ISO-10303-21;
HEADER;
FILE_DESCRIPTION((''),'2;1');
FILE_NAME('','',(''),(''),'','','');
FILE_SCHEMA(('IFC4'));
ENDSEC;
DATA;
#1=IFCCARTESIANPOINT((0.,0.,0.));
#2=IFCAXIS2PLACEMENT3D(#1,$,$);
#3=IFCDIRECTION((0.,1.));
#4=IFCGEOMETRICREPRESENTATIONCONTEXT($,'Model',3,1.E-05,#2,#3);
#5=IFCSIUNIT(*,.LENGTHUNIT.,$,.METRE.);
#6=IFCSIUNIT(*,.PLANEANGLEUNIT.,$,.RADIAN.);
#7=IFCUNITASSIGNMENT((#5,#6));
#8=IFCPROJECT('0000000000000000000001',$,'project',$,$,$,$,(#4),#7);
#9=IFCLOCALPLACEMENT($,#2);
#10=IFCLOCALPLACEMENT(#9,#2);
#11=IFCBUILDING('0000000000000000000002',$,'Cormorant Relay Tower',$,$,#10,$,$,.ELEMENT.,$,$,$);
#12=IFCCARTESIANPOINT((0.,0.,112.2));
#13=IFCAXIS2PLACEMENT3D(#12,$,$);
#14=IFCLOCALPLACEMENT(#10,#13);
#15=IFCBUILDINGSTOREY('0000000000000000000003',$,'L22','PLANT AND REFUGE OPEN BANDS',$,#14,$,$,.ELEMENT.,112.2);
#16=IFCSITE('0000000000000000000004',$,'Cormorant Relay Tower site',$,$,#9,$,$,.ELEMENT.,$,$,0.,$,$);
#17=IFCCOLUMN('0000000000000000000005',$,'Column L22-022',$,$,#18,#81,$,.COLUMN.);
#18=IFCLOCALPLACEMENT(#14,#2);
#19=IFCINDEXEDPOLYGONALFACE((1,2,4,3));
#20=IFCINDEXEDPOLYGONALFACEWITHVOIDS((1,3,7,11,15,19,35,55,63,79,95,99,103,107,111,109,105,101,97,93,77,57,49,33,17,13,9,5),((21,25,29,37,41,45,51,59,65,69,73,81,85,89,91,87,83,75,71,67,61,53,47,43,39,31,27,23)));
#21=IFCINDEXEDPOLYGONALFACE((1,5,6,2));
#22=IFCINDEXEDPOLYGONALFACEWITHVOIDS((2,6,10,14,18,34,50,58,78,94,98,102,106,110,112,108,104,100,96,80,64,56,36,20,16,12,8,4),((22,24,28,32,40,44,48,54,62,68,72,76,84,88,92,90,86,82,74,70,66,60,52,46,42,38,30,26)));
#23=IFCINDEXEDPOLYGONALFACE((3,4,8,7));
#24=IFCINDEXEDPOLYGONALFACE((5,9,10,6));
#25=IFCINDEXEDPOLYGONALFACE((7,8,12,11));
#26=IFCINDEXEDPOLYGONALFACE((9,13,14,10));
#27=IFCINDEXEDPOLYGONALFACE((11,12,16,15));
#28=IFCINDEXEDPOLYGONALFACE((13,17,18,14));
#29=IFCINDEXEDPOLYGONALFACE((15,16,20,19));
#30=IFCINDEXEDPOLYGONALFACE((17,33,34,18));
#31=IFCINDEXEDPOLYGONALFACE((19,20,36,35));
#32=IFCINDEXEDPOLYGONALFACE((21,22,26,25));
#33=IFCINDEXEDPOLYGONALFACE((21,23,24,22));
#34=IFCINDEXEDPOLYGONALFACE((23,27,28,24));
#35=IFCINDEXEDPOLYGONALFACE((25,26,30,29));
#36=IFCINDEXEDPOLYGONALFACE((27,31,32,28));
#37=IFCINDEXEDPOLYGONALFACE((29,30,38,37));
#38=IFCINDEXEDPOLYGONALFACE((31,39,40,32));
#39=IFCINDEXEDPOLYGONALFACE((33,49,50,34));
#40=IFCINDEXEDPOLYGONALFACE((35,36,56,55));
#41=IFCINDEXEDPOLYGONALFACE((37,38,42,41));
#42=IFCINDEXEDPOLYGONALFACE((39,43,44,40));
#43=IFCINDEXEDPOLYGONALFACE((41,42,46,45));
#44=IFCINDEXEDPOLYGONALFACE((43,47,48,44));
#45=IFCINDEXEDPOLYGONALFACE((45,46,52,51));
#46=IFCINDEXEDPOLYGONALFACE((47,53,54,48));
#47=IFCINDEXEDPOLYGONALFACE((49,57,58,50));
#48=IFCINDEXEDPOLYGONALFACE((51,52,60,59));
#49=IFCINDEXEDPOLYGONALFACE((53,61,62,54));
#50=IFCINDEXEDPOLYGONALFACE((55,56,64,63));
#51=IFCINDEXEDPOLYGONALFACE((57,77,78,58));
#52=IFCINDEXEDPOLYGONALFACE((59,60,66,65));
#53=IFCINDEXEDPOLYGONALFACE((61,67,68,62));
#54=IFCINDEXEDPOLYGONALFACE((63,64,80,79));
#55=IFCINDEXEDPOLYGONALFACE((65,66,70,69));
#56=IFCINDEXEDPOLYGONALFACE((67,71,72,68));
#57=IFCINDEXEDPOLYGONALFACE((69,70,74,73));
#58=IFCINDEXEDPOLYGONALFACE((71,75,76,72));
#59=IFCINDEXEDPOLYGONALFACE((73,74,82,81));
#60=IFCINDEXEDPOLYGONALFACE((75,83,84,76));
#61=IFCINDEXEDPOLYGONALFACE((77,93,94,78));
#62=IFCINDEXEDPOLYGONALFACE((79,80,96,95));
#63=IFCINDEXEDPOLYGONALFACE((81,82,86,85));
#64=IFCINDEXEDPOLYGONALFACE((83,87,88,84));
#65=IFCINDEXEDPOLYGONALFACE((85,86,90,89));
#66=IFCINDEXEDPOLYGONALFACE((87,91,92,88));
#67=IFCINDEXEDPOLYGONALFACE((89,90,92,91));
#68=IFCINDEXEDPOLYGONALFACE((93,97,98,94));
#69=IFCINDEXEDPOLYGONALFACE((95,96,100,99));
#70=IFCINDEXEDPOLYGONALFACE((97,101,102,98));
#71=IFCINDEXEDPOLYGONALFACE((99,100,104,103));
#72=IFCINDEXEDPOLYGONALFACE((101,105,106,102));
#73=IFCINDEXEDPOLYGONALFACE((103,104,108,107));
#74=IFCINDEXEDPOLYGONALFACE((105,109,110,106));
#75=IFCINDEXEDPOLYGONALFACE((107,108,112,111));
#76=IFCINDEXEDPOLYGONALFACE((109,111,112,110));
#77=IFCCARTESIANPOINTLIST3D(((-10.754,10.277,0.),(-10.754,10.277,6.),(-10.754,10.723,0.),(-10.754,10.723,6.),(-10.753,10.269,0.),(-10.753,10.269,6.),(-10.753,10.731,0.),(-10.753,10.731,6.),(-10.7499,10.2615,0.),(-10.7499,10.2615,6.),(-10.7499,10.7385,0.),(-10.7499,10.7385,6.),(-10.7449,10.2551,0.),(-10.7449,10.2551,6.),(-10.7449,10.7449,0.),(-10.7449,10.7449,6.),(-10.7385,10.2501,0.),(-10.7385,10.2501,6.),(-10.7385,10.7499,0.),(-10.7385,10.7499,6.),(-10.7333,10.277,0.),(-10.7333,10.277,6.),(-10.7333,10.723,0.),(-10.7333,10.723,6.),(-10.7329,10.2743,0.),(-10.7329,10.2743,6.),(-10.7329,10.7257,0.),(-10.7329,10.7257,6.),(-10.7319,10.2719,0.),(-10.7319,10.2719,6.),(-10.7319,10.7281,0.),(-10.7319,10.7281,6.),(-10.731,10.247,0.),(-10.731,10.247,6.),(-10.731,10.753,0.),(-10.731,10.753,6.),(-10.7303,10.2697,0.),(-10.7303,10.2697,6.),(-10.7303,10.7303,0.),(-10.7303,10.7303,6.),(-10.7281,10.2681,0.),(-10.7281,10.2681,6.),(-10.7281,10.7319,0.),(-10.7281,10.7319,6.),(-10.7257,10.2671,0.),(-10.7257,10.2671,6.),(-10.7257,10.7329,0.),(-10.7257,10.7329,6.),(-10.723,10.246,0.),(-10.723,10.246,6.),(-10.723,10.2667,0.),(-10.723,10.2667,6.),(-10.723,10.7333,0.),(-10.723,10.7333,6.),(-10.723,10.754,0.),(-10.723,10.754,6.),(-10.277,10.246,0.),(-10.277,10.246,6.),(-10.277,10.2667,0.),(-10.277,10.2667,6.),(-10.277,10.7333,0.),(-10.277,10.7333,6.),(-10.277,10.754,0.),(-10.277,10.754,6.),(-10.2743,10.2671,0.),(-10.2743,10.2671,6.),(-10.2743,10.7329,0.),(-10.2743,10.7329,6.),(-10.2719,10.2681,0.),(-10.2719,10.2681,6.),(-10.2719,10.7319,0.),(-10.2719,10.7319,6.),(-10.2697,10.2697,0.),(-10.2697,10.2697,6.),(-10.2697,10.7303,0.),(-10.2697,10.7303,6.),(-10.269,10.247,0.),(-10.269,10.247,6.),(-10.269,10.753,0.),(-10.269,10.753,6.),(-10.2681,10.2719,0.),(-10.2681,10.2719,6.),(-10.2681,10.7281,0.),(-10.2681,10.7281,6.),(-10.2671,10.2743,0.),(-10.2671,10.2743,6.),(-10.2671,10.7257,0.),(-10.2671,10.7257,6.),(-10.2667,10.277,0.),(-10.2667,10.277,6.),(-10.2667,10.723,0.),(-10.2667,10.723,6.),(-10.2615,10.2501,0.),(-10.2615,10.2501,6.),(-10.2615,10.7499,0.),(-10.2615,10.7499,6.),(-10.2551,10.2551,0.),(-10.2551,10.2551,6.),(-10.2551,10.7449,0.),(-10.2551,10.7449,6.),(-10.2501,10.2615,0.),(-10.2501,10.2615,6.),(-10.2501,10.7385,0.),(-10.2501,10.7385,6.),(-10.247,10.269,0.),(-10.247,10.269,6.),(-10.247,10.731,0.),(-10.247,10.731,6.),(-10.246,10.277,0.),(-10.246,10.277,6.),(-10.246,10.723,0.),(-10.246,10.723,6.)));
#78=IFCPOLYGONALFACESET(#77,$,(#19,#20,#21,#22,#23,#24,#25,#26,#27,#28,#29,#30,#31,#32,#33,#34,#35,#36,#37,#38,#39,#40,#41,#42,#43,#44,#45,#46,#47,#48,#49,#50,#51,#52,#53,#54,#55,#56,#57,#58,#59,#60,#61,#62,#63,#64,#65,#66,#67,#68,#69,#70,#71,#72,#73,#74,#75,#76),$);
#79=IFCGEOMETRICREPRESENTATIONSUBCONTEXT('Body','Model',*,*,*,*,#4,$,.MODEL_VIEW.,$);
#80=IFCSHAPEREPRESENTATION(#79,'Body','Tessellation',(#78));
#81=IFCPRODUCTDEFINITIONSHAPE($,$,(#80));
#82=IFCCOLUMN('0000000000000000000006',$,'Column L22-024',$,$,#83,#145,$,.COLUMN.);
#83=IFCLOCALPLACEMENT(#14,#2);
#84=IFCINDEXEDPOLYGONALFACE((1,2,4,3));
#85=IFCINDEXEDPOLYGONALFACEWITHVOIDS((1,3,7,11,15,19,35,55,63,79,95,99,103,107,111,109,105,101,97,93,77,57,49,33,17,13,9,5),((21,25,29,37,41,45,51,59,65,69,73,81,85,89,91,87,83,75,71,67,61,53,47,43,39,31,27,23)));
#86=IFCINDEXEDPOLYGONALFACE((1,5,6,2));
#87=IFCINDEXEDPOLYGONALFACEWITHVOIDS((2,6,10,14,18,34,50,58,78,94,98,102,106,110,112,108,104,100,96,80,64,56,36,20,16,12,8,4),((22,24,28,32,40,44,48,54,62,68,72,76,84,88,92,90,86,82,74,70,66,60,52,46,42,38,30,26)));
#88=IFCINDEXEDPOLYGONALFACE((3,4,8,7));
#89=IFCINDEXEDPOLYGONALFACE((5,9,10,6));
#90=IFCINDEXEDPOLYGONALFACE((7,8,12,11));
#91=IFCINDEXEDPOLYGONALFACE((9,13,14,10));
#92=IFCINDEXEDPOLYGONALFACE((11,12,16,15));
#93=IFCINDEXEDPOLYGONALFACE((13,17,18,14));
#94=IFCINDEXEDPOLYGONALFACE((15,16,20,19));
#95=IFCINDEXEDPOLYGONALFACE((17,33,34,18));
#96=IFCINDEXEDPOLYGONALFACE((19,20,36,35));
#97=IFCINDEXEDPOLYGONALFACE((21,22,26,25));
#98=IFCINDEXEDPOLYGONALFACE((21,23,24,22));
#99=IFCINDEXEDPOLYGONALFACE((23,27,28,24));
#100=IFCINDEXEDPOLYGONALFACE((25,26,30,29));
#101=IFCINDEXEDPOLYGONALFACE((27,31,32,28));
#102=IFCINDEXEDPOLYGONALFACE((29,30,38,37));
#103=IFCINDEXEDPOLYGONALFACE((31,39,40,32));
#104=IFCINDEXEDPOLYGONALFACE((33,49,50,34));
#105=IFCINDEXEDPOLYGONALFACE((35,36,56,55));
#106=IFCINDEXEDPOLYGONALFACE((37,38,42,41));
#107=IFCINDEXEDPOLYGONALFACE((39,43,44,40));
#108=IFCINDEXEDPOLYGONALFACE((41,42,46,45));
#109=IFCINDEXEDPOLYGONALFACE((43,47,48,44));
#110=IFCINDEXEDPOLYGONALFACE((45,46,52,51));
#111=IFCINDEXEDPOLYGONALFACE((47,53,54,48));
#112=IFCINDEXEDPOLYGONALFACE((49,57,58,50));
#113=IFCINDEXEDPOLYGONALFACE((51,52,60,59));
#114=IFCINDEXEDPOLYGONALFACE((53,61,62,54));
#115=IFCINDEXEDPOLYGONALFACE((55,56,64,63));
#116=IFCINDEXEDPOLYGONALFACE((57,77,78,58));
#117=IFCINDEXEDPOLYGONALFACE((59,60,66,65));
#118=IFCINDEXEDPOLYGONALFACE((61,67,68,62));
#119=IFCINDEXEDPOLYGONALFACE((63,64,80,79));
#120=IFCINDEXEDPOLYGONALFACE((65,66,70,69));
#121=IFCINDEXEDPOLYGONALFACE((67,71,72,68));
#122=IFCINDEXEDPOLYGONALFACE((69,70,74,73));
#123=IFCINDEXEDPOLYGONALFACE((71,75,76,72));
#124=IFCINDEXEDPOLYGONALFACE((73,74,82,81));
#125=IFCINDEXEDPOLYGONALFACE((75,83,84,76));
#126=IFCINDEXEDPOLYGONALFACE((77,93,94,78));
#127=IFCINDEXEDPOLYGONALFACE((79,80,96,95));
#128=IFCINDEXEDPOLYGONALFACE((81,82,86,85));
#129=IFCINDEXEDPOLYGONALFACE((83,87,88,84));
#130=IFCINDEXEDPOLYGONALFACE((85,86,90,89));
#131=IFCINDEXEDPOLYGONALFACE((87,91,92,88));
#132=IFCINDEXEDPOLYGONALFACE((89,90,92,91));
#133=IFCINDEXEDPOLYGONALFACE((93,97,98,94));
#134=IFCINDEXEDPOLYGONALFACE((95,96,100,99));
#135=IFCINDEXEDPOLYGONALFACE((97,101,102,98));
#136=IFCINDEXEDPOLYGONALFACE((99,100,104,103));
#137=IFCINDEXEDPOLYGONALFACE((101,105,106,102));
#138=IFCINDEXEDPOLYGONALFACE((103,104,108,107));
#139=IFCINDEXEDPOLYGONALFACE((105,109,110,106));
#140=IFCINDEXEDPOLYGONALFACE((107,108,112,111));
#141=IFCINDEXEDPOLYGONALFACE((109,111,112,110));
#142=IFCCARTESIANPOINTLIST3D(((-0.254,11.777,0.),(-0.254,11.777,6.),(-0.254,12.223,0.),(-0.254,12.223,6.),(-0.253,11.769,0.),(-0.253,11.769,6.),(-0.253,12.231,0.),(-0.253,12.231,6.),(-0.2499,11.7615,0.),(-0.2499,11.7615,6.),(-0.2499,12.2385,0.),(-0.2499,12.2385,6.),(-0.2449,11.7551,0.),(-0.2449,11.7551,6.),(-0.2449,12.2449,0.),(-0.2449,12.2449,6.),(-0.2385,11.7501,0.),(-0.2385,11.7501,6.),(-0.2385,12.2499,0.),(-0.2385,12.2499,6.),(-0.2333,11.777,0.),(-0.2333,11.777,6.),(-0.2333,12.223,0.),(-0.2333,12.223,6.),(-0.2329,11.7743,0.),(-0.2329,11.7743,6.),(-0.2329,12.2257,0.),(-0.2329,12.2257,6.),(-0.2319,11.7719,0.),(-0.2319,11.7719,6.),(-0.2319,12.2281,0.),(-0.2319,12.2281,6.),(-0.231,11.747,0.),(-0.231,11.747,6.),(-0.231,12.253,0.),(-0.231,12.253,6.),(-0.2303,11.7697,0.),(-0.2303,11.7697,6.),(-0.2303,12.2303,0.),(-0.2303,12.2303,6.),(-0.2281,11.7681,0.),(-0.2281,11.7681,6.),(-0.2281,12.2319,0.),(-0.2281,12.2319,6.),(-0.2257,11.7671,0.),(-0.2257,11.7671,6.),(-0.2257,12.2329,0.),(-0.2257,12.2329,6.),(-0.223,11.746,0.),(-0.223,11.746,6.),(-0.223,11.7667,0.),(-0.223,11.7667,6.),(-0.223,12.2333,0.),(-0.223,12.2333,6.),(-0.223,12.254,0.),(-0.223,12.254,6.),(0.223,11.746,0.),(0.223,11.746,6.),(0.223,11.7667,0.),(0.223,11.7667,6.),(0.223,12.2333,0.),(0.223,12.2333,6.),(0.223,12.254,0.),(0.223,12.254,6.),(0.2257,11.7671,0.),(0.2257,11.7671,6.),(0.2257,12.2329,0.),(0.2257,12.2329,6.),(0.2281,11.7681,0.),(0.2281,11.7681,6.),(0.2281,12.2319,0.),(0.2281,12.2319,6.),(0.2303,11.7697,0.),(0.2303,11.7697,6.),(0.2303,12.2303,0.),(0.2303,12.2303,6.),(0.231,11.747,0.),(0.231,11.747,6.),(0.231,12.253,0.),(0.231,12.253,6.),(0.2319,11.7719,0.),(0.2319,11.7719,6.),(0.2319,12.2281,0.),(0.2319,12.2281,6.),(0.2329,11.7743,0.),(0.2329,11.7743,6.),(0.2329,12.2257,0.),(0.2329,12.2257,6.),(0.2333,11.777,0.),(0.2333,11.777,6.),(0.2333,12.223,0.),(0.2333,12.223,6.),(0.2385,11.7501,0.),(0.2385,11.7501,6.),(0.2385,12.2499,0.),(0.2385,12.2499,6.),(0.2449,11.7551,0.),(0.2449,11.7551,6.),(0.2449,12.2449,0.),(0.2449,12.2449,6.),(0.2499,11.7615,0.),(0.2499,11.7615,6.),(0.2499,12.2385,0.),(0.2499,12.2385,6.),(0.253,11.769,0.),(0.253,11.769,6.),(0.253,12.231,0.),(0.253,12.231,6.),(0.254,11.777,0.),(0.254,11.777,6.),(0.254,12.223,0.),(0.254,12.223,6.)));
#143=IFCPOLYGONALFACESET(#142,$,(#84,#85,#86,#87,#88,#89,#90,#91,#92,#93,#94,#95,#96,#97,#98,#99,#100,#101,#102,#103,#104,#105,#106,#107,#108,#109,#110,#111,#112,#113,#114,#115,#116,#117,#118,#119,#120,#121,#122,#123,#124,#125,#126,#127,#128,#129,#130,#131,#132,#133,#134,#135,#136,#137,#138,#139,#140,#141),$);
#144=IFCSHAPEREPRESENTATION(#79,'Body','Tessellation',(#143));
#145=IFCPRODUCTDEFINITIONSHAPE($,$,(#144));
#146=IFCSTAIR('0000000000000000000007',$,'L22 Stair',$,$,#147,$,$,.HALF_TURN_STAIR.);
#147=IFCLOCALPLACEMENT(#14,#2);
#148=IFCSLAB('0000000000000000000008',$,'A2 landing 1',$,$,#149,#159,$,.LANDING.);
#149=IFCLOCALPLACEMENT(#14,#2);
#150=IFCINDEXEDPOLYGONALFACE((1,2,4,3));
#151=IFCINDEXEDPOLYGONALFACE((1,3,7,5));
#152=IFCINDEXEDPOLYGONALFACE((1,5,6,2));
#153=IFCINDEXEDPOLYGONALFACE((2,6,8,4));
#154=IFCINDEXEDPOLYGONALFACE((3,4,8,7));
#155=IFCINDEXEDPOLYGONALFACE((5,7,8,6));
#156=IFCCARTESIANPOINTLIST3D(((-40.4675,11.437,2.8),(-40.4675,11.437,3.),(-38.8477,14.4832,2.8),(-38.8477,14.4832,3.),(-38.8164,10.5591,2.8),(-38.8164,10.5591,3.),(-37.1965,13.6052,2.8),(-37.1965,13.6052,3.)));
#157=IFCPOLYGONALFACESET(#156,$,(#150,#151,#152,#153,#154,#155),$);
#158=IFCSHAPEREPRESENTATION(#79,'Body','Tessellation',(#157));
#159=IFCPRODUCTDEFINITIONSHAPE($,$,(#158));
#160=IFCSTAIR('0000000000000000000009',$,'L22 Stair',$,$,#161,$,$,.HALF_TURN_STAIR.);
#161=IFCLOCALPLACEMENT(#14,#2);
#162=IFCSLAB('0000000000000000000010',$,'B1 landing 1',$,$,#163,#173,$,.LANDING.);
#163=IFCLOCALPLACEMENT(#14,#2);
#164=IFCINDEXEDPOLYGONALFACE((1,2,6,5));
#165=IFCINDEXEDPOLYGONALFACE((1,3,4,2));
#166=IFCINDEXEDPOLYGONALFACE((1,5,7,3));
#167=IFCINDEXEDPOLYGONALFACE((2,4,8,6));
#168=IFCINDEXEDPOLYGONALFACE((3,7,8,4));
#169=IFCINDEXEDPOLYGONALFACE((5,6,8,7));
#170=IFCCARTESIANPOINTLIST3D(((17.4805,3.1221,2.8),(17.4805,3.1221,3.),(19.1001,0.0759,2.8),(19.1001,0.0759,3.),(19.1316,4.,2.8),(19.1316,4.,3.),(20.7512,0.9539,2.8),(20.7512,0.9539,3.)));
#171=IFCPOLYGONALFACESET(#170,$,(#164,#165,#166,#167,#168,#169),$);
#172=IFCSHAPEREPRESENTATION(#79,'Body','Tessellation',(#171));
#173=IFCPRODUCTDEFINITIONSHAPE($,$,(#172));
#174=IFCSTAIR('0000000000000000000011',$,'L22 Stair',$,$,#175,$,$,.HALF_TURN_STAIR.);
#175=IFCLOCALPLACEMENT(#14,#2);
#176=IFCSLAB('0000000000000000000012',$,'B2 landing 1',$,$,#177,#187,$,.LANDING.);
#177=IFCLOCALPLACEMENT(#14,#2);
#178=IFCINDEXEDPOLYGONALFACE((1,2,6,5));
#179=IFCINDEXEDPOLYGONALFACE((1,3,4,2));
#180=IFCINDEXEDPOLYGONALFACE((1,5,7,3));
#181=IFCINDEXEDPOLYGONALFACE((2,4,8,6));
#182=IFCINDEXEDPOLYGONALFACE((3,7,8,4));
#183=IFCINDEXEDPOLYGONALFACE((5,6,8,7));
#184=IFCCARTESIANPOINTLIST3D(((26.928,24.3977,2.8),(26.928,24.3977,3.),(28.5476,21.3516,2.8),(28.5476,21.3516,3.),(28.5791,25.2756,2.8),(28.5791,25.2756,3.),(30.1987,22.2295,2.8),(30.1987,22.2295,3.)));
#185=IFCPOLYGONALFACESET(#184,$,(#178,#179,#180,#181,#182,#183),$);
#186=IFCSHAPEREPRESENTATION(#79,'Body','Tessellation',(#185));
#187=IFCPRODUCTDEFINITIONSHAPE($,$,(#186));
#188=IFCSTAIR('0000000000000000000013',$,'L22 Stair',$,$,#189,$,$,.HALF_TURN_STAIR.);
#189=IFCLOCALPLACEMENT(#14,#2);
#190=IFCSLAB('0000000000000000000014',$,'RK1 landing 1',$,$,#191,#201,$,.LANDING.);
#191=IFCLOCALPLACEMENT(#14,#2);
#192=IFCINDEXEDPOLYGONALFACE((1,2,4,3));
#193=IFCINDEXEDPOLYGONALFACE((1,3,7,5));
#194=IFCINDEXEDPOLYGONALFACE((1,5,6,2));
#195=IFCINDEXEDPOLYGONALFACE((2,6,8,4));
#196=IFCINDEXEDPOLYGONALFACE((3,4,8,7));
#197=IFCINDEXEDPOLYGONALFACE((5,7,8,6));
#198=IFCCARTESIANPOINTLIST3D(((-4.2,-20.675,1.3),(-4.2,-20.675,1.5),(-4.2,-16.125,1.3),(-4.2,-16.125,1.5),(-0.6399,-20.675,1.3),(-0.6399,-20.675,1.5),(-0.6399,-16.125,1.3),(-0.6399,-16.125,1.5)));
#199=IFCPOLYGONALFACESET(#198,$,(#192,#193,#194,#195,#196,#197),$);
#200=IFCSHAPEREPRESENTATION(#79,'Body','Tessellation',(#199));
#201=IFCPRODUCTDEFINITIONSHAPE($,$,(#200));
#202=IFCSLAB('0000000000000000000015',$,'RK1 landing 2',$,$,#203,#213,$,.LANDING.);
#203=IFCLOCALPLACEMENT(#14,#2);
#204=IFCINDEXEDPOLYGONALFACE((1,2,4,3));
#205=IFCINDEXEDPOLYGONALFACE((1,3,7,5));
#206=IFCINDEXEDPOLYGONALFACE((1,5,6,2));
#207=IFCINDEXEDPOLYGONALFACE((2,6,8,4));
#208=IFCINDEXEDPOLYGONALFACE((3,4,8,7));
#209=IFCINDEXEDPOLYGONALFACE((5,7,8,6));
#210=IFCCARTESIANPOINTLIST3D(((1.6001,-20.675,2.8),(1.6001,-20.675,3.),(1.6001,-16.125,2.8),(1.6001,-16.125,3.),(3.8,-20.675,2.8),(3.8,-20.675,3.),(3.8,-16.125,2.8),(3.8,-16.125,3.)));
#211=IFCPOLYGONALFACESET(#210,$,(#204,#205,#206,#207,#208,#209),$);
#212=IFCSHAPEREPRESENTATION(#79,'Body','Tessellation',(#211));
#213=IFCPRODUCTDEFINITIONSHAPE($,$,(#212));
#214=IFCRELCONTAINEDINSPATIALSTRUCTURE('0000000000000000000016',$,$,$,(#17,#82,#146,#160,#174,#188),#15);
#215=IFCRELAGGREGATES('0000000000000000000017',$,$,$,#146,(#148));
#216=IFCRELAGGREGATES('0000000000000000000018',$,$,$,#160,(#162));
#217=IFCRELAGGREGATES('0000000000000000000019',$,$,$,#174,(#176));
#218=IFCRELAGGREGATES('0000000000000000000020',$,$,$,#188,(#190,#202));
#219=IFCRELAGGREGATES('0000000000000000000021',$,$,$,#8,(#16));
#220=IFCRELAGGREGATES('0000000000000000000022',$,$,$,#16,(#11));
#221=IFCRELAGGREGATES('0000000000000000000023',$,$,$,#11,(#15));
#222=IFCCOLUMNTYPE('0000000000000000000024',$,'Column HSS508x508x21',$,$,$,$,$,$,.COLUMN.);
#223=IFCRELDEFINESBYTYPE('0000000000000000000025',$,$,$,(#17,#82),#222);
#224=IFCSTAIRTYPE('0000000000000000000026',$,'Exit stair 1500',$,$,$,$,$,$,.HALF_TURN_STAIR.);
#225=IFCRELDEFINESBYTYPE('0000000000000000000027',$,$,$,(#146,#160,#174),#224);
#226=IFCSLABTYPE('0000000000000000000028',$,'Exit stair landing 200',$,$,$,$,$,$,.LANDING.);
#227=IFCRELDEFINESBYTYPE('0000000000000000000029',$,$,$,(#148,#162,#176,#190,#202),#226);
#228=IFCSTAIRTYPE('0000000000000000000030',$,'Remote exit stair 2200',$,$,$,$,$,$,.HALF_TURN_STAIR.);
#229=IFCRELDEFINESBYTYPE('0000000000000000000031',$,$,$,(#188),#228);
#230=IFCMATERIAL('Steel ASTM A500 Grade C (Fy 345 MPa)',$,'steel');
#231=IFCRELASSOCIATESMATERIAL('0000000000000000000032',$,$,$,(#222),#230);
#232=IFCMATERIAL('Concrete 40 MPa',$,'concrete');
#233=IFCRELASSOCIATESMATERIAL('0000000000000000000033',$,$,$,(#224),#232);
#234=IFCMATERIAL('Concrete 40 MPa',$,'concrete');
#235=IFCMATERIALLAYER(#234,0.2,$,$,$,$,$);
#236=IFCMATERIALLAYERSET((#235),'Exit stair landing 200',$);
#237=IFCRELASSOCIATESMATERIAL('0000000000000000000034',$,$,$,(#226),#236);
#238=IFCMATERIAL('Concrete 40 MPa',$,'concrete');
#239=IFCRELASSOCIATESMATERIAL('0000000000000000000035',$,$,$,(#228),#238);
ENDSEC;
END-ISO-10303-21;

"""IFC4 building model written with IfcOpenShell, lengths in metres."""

from ifc_helpers import new_model, si_unit, direction, frame, origin, origin_2d, place, context, subcontext, project, spatial, polyline, hollow_rectangle, outline, extrude, material, layer, layer_set, material_profile, profile_set, type_object, element, aggregate, save


model = new_model("IFC4")

# Units and contexts
model_context = context("Model", 3, precision=1e-05, world=origin(), true_north=direction((0.0, 1.0)))
body_context = subcontext(model_context, "Body", "Model", "MODEL_VIEW")
ifc_project = project(units=[si_unit("LENGTHUNIT", "METRE"), si_unit("PLANEANGLEUNIT", "RADIAN")], contexts=[model_context])

# Site, building, storey
site_placement = place(None, origin())
site = spatial("IfcSite", under=ifc_project, at=site_placement, Name="Cormorant Relay Tower site", CompositionType="ELEMENT", RefElevation=0.0)
building_placement = place(site_placement, origin())
building = spatial("IfcBuilding", under=site, at=building_placement, Name="Cormorant Relay Tower", CompositionType="ELEMENT")
storey_placement = place(building_placement, frame((0.0, 0.0, 112.2)))
storey = spatial("IfcBuildingStorey", under=building, at=storey_placement, Name="L22", Description="PLANT AND REFUGE OPEN BANDS", CompositionType="ELEMENT", Elevation=112.2)

# Columns
ifc_material_1 = material(Name="Steel ASTM A500 Grade C (Fy 345 MPa)", Category="steel")
ifc_material_profile = material_profile(ifc_material_1, hollow_rectangle(XDim=0.5081, YDim=0.5081, WallThickness=0.0208, InnerFilletRadius=0.0103, OuterFilletRadius=0.031, at=origin_2d()), Name="HSS508x508x21")
ifc_profile_set = profile_set([ifc_material_profile], Name="Steel ASTM A500 Grade C (Fy 345 MPa)")
column_type = type_object("IfcColumnType", Name="Column HSS508x508x21", PredefinedType="COLUMN", material=ifc_profile_set)
for number, where, z_axis, x_axis, name in (
    (1, (-10.5, 10.5, 0.0), (0.0, 0.0, 1.0), (1.0, 0.0, 0.0), "Column L22-022"),
    (2, (0.0, 12.0, 0.0), (0.0, 0.0, 1.0), (1.0, 0.0, 0.0), "Column L22-024"),
):
    element("IfcColumn", number, at=place(storey_placement, frame(where, z_axis=z_axis, x_axis=x_axis)), inside=storey, type_object=column_type, Name=name, PredefinedType="COLUMN", context=body_context, shape_type="SweptSolid", body=[
        extrude(hollow_rectangle(XDim=0.5081, YDim=0.5081, WallThickness=0.0208, InnerFilletRadius=0.0103, OuterFilletRadius=0.031, at=origin_2d()), origin(), (0.0, 0.0, 1.0), 6.0),
    ])

# Stairs, slabs
ifc_material_2 = material(Name="Concrete 40 MPa", Category="concrete")
stair_type_1 = type_object("IfcStairType", Name="Exit stair 1500", PredefinedType="HALF_TURN_STAIR", material=ifc_material_2)
stair_1_placement = place(storey_placement, origin())
stair_1 = element("IfcStair", 3, at=stair_1_placement, inside=storey, type_object=stair_type_1, Name="L22 Stair", PredefinedType="HALF_TURN_STAIR")
ifc_material_3 = material(Name="Concrete 40 MPa", Category="concrete")
ifc_layer_1 = layer(ifc_material_3, 0.2)
ifc_layer_set_1 = layer_set([ifc_layer_1], Name="Exit stair landing 200")
slab_type = type_object("IfcSlabType", Name="Exit stair landing 200", PredefinedType="LANDING", material=ifc_layer_set_1)
slab_1_placement = place(storey_placement, frame((0.0, 0.0, 2.8)))
slab_1 = element("IfcSlab", 4, at=slab_1_placement, type_object=slab_type, Name="A2 landing 1", PredefinedType="LANDING", context=body_context, shape_type="SweptSolid", body=[
    extrude(outline(polyline([(-37.1965, 13.6052), (-38.8477, 14.4832), (-40.4675, 11.437), (-38.8164, 10.5591), (-37.1965, 13.6052)])), origin(), (0.0, 0.0, 1.0), 0.2),
])
aggregate(stair_1, [slab_1])
stair_2_placement = place(storey_placement, origin())
stair_2 = element("IfcStair", 5, at=stair_2_placement, inside=storey, type_object=stair_type_1, Name="L22 Stair", PredefinedType="HALF_TURN_STAIR")
slab_2_placement = place(storey_placement, frame((0.0, 0.0, 2.8)))
slab_2 = element("IfcSlab", 6, at=slab_2_placement, type_object=slab_type, Name="B1 landing 1", PredefinedType="LANDING", context=body_context, shape_type="SweptSolid", body=[
    extrude(outline(polyline([(19.1316, 4.0), (17.4805, 3.1221), (19.1001, 0.0759), (20.7512, 0.9539), (19.1316, 4.0)])), origin(), (0.0, 0.0, 1.0), 0.2),
])
aggregate(stair_2, [slab_2])
stair_3_placement = place(storey_placement, origin())
stair_3 = element("IfcStair", 7, at=stair_3_placement, inside=storey, type_object=stair_type_1, Name="L22 Stair", PredefinedType="HALF_TURN_STAIR")
slab_3_placement = place(storey_placement, frame((0.0, 0.0, 2.8)))
slab_3 = element("IfcSlab", 8, at=slab_3_placement, type_object=slab_type, Name="B2 landing 1", PredefinedType="LANDING", context=body_context, shape_type="SweptSolid", body=[
    extrude(outline(polyline([(28.5476, 21.3516), (30.1987, 22.2295), (28.5791, 25.2756), (26.928, 24.3977), (28.5476, 21.3516)])), origin(), (0.0, 0.0, 1.0), 0.2),
])
aggregate(stair_3, [slab_3])

# Stair, slabs
ifc_material_4 = material(Name="Concrete 40 MPa", Category="concrete")
stair_type_2 = type_object("IfcStairType", Name="Remote exit stair 2200", PredefinedType="HALF_TURN_STAIR", material=ifc_material_4)
stair_4_placement = place(storey_placement, origin())
stair_4 = element("IfcStair", 9, at=stair_4_placement, inside=storey, type_object=stair_type_2, Name="L22 Stair", PredefinedType="HALF_TURN_STAIR")
slab_4_placement = place(storey_placement, frame((0.0, 0.0, 1.3)))
slab_4 = element("IfcSlab", 10, at=slab_4_placement, type_object=slab_type, Name="RK1 landing 1", PredefinedType="LANDING", context=body_context, shape_type="SweptSolid", body=[
    extrude(outline(polyline([(-0.6399, -16.125), (-4.2, -16.125), (-4.2, -20.675), (-0.6399, -20.675), (-0.6399, -16.125)])), origin(), (0.0, 0.0, 1.0), 0.2),
])
slab_5_placement = place(storey_placement, frame((0.0, 0.0, 2.8)))
slab_5 = element("IfcSlab", 11, at=slab_5_placement, type_object=slab_type, Name="RK1 landing 2", PredefinedType="LANDING", context=body_context, shape_type="SweptSolid", body=[
    extrude(outline(polyline([(3.8, -16.125), (1.6001, -16.125), (1.6001, -20.675), (3.8, -20.675), (3.8, -16.125)])), origin(), (0.0, 0.0, 1.0), 0.2),
])
aggregate(stair_4, [slab_4, slab_5])

save(model, "model.ifc")
